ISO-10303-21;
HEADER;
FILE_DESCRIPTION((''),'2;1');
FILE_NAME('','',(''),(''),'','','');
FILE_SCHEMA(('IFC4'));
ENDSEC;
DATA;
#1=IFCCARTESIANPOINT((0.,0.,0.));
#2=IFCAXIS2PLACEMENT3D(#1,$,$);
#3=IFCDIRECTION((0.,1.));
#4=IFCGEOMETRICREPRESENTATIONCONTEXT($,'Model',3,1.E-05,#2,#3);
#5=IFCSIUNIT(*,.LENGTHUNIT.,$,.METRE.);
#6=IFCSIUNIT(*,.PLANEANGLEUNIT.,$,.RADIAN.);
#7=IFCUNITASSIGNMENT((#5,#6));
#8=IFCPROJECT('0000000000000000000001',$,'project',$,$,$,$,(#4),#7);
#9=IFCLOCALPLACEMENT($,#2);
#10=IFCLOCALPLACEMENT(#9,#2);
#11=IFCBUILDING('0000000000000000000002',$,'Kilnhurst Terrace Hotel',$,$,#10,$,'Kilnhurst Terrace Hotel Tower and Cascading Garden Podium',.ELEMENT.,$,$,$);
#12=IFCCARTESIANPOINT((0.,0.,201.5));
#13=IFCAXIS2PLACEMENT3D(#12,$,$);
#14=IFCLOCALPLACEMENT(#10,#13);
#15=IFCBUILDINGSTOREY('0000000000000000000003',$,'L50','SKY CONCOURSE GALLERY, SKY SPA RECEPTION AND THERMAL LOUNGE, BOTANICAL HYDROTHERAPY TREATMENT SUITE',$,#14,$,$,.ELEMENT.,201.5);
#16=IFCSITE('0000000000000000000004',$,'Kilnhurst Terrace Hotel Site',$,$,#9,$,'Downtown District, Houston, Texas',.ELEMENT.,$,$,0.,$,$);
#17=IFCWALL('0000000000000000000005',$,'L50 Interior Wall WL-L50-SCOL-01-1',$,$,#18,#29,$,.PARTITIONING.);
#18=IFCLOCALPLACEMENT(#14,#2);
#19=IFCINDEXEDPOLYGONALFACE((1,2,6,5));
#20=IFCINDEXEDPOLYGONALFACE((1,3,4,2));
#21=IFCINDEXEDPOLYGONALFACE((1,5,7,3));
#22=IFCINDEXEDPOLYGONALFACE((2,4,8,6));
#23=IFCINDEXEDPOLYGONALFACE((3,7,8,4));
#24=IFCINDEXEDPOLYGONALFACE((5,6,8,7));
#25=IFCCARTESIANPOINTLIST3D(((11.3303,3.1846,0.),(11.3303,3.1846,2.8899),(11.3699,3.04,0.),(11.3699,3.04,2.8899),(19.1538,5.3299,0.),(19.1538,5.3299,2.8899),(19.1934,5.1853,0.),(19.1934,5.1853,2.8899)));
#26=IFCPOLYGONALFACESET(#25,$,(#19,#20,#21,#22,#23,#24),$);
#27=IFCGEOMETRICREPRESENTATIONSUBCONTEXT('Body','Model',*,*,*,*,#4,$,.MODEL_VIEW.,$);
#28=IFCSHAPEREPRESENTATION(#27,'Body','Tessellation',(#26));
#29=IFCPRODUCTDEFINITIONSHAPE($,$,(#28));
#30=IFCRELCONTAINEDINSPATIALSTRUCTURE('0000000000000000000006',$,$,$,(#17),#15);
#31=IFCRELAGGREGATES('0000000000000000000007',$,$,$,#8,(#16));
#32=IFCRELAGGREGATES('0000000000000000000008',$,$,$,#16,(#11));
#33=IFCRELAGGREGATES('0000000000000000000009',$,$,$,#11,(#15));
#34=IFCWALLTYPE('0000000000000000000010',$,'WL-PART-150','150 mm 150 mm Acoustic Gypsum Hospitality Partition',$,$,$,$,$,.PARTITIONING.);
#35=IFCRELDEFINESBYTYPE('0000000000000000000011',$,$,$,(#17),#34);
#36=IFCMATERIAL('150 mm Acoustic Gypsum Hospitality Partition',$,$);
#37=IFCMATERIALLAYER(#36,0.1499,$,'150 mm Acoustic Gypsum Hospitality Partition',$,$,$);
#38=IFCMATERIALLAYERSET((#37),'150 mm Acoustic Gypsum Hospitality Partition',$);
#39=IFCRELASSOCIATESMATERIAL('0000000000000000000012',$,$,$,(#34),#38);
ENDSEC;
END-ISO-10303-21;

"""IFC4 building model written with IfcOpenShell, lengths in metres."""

from ifc_helpers import new_model, si_unit, direction, frame, frame_2d, origin, place, context, subcontext, project, spatial, rectangle, extrude, material, layer, layer_set, type_object, element, save


model = new_model("IFC4")

# Units and contexts
model_context = context("Model", 3, precision=1e-05, world=origin(), true_north=direction((0.0, 1.0)))
body_context = subcontext(model_context, "Body", "Model", "MODEL_VIEW")
ifc_project = project(units=[si_unit("LENGTHUNIT", "METRE"), si_unit("PLANEANGLEUNIT", "RADIAN")], contexts=[model_context])

# Site, building, storey
site_placement = place(None, origin())
site = spatial("IfcSite", under=ifc_project, at=site_placement, Name="Kilnhurst Terrace Hotel Site", LongName="Downtown District, Houston, Texas", CompositionType="ELEMENT", RefElevation=0.0)
building_placement = place(site_placement, origin())
building = spatial("IfcBuilding", under=site, at=building_placement, Name="Kilnhurst Terrace Hotel", LongName="Kilnhurst Terrace Hotel Tower and Cascading Garden Podium", CompositionType="ELEMENT")
storey_placement = place(building_placement, frame((0.0, 0.0, 201.5)))
storey = spatial("IfcBuildingStorey", under=building, at=storey_placement, Name="L50", Description="SKY CONCOURSE GALLERY, SKY SPA RECEPTION AND THERMAL LOUNGE, BOTANICAL HYDROTHERAPY TREATMENT SUITE", CompositionType="ELEMENT", Elevation=201.5)

# Wall
ifc_material_1 = material(Name="150 mm Acoustic Gypsum Hospitality Partition")
ifc_layer_1 = layer(ifc_material_1, 0.1499, Name="150 mm Acoustic Gypsum Hospitality Partition")
ifc_layer_set_1 = layer_set([ifc_layer_1], Name="150 mm Acoustic Gypsum Hospitality Partition")
wall_type_1 = type_object("IfcWallType", Name="WL-PART-150", Description="150 mm 150 mm Acoustic Gypsum Hospitality Partition", PredefinedType="PARTITIONING", material=ifc_layer_set_1)
wall_1_placement = place(storey_placement, frame((11.3501, 3.1123, 0.0), z_axis=(0.0, 0.0, 1.0), x_axis=(0.9644, 0.264446, 0.0)))
element("IfcWall", 1, at=wall_1_placement, inside=storey, type_object=wall_type_1, Name="L50 Interior Wall WL-L50-SCOL-01-1", PredefinedType="PARTITIONING", context=body_context, shape_type="SweptSolid", body=[
    extrude(rectangle(XDim=8.1123, YDim=0.1499, at=frame_2d((4.0562, 0.0))), origin(), (0.0, 0.0, 1.0), 2.8899),
])

save(model, "model.ifc")
